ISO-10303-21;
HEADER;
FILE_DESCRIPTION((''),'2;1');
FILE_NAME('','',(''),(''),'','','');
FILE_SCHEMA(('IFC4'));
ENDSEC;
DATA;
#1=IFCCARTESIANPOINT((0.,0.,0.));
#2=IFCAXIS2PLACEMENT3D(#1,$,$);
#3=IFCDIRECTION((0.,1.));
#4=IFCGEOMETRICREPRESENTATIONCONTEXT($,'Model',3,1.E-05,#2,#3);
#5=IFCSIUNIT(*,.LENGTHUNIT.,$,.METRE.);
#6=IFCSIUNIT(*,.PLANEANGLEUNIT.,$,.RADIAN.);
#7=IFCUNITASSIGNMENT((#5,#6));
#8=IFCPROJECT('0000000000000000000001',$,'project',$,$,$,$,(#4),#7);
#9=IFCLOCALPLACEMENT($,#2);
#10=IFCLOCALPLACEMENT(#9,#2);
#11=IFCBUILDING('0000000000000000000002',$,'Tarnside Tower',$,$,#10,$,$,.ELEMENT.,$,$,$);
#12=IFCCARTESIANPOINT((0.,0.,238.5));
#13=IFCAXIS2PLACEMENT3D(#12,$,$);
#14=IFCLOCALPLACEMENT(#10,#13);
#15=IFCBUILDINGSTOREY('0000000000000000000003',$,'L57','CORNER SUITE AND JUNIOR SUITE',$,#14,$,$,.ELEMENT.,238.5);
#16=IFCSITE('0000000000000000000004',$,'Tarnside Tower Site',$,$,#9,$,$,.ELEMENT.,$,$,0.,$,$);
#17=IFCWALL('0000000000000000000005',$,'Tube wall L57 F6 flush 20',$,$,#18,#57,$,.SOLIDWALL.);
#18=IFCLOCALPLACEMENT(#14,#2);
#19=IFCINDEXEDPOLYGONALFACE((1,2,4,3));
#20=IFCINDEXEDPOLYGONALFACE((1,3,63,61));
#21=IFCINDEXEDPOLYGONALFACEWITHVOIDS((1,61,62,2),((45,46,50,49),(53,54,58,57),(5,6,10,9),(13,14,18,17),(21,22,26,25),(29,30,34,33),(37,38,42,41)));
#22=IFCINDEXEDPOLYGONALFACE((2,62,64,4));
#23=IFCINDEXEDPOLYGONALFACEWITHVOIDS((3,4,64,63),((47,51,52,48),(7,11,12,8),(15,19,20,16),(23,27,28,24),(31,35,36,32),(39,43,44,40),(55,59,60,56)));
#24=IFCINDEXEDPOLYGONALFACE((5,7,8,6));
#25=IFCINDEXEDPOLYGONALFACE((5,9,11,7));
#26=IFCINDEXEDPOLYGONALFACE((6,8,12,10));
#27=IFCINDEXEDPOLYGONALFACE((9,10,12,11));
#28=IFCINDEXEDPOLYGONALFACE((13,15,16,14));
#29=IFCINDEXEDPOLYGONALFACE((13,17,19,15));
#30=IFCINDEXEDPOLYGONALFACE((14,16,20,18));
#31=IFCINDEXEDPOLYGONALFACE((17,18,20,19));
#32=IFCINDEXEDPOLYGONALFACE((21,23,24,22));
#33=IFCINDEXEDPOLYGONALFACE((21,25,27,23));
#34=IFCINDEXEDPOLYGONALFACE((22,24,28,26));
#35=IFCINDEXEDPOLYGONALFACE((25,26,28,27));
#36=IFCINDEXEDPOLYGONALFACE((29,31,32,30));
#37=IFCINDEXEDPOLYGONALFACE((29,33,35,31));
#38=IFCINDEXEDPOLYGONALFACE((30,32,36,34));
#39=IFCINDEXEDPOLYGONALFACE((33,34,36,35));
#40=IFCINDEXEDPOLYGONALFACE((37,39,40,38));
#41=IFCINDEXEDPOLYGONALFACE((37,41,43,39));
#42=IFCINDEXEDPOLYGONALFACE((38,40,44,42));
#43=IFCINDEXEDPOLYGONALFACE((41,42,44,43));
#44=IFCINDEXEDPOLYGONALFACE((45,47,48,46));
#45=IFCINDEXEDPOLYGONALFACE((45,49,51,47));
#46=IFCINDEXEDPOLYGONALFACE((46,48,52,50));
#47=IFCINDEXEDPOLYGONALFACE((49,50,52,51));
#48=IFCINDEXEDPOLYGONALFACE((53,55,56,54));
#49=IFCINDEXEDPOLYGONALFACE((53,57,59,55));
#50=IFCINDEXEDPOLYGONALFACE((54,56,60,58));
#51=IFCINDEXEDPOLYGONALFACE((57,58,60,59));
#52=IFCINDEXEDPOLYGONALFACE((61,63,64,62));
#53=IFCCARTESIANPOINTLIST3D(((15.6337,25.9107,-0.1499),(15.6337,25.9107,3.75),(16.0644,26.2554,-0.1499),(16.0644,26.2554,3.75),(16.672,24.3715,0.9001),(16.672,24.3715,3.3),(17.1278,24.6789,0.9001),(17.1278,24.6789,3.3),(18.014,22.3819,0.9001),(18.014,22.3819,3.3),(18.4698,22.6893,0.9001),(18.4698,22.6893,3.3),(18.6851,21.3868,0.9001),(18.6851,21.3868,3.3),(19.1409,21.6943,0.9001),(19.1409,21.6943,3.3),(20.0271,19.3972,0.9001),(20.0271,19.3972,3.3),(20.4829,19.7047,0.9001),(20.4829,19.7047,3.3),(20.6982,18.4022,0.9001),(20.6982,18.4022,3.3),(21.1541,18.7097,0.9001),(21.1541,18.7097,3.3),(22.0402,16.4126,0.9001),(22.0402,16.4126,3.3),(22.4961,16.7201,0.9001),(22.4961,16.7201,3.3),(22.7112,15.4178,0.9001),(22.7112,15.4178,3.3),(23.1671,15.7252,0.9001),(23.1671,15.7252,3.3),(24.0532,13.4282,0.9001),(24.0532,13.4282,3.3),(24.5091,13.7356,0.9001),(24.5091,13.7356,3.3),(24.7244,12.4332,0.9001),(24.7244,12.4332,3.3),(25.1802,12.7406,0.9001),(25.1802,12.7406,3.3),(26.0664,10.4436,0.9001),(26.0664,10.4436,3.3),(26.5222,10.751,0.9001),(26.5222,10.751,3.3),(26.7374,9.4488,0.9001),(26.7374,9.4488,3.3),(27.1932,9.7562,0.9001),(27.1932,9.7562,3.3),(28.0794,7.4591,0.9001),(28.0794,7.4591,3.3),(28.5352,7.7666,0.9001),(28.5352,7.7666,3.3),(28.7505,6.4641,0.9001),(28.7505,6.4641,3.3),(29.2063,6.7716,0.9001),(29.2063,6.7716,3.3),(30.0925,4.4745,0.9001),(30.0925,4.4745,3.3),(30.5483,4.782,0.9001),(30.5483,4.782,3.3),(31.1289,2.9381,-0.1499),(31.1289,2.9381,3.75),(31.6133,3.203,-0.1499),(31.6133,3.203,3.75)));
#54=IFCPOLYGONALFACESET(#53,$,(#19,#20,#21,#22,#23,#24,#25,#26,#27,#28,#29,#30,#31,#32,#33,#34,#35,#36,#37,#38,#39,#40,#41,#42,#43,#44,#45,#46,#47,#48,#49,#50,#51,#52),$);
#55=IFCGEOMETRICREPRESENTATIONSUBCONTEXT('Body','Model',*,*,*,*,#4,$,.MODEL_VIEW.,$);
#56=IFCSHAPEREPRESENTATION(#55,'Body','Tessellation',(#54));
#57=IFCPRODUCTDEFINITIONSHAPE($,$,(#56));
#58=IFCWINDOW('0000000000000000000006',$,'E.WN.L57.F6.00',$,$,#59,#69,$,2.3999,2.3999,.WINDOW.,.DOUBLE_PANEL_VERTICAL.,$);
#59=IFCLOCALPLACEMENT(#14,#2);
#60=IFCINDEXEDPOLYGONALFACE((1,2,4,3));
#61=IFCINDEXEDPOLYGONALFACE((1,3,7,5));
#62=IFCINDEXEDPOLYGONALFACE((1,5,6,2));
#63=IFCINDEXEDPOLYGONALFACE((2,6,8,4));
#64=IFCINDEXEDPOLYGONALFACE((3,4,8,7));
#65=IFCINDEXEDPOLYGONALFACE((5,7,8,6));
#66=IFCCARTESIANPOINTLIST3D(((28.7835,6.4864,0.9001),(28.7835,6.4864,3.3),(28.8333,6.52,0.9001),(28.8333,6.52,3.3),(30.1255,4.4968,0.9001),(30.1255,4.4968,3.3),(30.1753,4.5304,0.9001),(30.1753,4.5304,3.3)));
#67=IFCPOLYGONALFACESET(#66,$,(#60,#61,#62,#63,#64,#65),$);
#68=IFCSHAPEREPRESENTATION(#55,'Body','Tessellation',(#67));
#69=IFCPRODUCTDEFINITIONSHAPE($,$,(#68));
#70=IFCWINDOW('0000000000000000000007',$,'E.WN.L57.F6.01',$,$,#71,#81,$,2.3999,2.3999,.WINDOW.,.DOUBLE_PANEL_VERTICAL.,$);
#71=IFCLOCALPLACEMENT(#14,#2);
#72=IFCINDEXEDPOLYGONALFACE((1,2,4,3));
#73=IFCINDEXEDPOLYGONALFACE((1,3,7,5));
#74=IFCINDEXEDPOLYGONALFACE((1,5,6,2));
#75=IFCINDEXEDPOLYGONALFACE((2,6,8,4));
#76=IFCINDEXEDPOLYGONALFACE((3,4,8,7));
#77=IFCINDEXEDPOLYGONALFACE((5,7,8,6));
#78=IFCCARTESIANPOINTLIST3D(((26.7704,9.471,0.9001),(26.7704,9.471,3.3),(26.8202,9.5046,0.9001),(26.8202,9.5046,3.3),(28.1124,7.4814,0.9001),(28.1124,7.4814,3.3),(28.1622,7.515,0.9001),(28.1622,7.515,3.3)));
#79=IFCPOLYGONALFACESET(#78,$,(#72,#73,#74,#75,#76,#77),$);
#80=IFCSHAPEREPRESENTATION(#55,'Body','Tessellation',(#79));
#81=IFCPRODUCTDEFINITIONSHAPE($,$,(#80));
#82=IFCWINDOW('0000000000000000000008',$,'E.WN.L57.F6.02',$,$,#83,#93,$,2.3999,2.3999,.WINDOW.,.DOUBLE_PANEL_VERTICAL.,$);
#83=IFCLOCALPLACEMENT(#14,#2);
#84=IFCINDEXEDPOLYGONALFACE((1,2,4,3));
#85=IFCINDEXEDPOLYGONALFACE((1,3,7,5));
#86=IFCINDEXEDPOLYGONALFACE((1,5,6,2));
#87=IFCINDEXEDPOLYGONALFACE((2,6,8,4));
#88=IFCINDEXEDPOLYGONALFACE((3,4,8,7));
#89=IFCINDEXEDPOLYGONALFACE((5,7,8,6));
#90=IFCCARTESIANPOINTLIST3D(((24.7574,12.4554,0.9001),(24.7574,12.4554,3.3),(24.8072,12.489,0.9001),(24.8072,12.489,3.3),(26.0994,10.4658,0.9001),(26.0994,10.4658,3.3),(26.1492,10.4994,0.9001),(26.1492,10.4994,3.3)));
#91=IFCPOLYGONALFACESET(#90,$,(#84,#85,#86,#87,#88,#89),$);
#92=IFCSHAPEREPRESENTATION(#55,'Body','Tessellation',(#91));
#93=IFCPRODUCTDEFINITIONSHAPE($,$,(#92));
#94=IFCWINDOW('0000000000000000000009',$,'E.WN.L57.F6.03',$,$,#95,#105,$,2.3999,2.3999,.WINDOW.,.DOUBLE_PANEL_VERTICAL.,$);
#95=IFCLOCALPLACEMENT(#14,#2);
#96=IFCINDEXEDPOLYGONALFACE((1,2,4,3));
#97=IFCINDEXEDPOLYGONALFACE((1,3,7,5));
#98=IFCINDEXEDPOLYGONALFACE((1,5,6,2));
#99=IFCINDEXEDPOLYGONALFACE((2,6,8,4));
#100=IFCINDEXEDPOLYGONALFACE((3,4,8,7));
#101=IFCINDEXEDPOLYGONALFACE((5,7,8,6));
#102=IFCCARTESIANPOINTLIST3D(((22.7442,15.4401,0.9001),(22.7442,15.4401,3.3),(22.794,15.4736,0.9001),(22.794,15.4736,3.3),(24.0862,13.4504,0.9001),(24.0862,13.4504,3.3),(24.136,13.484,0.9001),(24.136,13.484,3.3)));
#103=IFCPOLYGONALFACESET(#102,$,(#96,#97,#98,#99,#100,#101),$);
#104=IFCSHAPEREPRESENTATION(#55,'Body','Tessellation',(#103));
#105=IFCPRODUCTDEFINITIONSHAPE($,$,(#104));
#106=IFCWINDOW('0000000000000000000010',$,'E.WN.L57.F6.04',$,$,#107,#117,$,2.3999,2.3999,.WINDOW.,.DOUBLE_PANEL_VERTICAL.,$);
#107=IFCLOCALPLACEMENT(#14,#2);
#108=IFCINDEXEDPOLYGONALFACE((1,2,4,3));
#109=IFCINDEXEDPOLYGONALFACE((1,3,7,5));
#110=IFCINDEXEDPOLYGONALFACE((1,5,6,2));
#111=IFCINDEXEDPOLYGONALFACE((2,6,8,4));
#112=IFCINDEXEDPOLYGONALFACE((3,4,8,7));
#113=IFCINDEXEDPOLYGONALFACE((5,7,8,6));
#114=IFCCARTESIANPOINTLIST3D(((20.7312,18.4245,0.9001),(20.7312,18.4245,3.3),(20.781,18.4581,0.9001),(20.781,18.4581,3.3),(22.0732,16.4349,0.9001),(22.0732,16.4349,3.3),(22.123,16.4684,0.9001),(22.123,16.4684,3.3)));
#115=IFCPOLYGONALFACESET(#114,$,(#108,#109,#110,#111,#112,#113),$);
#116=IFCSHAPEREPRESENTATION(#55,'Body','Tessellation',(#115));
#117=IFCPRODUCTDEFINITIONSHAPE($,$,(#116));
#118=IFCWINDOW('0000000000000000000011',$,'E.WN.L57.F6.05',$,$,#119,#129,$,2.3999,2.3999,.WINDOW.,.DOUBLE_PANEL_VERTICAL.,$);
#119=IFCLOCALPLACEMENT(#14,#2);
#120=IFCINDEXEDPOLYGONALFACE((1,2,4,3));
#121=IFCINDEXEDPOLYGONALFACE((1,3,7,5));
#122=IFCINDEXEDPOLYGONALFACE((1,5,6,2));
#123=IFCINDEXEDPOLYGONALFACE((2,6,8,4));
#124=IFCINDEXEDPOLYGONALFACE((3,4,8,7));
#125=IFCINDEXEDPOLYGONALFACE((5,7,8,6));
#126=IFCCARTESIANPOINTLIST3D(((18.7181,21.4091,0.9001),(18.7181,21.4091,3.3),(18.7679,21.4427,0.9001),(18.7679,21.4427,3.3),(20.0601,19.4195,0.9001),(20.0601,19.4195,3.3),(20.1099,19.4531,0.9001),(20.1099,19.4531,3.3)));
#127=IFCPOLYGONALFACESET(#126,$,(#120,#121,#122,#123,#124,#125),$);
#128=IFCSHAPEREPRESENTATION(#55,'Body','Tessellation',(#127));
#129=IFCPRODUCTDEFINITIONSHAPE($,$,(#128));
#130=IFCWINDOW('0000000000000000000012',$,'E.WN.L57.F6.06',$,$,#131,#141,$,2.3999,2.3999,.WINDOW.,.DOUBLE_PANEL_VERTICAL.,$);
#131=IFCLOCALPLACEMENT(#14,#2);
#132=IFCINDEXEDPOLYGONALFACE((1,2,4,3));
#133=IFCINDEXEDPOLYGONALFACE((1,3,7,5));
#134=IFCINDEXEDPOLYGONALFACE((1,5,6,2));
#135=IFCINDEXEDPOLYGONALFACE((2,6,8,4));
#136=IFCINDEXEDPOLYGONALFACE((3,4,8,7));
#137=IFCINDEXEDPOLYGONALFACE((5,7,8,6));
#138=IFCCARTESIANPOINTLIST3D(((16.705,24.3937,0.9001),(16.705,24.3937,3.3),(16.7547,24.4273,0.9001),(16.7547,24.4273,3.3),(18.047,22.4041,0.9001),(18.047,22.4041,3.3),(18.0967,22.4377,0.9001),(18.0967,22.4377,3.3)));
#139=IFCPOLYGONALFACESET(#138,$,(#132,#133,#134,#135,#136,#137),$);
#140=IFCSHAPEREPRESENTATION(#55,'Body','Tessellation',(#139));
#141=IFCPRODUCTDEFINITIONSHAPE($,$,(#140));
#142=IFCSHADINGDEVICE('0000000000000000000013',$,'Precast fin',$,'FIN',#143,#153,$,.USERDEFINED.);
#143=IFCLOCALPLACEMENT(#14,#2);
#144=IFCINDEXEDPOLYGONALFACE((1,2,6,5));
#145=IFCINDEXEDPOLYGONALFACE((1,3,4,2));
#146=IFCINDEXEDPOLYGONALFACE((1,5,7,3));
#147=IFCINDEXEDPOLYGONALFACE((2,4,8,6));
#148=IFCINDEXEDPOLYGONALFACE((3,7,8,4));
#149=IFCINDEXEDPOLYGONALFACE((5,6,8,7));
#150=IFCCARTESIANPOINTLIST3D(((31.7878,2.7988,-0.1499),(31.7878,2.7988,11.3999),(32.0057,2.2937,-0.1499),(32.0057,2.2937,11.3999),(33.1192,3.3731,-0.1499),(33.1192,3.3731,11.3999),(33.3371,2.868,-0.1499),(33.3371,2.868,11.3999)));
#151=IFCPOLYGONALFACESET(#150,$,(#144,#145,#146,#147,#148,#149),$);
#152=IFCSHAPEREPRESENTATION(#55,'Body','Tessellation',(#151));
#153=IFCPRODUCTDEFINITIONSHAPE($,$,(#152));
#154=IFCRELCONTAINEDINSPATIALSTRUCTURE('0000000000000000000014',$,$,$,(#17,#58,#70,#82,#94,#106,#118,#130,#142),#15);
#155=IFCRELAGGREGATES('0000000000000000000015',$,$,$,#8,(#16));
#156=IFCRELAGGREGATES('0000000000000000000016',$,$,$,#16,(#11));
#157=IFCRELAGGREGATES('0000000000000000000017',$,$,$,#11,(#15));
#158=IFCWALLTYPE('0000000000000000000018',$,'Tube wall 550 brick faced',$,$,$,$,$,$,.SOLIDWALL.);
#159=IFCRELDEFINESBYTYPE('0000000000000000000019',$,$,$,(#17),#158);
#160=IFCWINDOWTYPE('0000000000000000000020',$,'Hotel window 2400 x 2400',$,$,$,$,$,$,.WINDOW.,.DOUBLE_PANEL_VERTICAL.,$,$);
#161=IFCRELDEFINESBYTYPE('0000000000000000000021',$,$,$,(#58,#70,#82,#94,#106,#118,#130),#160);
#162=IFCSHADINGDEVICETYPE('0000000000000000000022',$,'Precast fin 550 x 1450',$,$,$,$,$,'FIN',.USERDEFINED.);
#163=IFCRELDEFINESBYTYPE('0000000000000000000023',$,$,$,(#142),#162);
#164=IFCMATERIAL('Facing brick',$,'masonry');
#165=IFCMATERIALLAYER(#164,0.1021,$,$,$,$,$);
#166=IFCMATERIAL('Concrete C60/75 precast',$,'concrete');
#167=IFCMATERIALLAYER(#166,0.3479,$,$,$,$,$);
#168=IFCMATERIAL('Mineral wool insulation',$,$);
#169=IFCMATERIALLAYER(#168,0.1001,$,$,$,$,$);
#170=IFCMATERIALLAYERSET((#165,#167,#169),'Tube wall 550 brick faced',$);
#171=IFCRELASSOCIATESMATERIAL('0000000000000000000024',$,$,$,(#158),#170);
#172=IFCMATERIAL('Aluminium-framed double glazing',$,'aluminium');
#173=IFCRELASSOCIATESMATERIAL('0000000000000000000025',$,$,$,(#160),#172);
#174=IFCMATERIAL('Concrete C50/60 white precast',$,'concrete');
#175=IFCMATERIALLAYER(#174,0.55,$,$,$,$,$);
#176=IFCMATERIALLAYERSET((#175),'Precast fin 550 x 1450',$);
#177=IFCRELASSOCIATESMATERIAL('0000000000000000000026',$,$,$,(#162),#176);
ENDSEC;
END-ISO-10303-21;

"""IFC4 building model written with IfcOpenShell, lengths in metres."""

from ifc_helpers import new_model, si_unit, direction, frame, frame_2d, origin, place, context, subcontext, project, spatial, polyline, rectangle, outline, extrude, material, layer, layer_set, type_object, element, fill, save


model = new_model("IFC4")

# Units and contexts
model_context = context("Model", 3, precision=1e-05, world=origin(), true_north=direction((0.0, 1.0)))
body_context = subcontext(model_context, "Body", "Model", "MODEL_VIEW")
ifc_project = project(units=[si_unit("LENGTHUNIT", "METRE"), si_unit("PLANEANGLEUNIT", "RADIAN")], contexts=[model_context])

# Site, building, storey
site_placement = place(None, origin())
site = spatial("IfcSite", under=ifc_project, at=site_placement, Name="Tarnside Tower Site", CompositionType="ELEMENT", RefElevation=0.0)
building_placement = place(site_placement, origin())
building = spatial("IfcBuilding", under=site, at=building_placement, Name="Tarnside Tower", CompositionType="ELEMENT")
storey_placement = place(building_placement, frame((0.0, 0.0, 238.5)))
storey = spatial("IfcBuildingStorey", under=building, at=storey_placement, Name="L57", Description="CORNER SUITE AND JUNIOR SUITE", CompositionType="ELEMENT", Elevation=238.5)

# Shared definitions
ifc_material_1 = material(Name="Facing brick", Category="masonry")
ifc_layer_1 = layer(ifc_material_1, 0.1021)
ifc_material_2 = material(Name="Concrete C60/75 precast", Category="concrete")
ifc_layer_2 = layer(ifc_material_2, 0.3479)
ifc_material_3 = material(Name="Mineral wool insulation")
ifc_layer_3 = layer(ifc_material_3, 0.1001)
ifc_layer_set_1 = layer_set([ifc_layer_1, ifc_layer_2, ifc_layer_3], Name="Tube wall 550 brick faced")
wall_type_1 = type_object("IfcWallType", Name="Tube wall 550 brick faced", PredefinedType="SOLIDWALL", material=ifc_layer_set_1)

# Wall, openings, windows
wall_1_placement = place(storey_placement, frame((31.3711, 3.0706, -0.1499), z_axis=(0.0, 0.0, 1.0), x_axis=(-0.55919, 0.82904, 0.0)))
wall_1 = element("IfcWall", 1, at=wall_1_placement, inside=storey, type_object=wall_type_1, Name="Tube wall L57 F6 flush 20", PredefinedType="SOLIDWALL", context=body_context, shape_type="SweptSolid", body=[
    extrude(outline(polyline([(-0.0256, -0.2749), (27.7805, -0.2749), (27.7356, 0.2749), (0.0256, 0.2749), (-0.0256, -0.2749)])), origin(), (0.0, 0.0, 1.0), 3.8999),
])
opening_1_placement = place(wall_1_placement, frame((1.8789, 0.0, 1.05)))
opening_1 = element("IfcOpeningElement", 2, at=opening_1_placement, cuts=wall_1, PredefinedType="OPENING", context=body_context, shape_type="SweptSolid", body=[
    extrude(rectangle(XDim=2.3999, YDim=2.3999, at=frame_2d((1.2, 1.2))), frame((0.0, 0.2852, 0.0), z_axis=(0.0, -1.0, 0.0), x_axis=(1.0, 0.0, 0.0)), (0.0, 0.0, 1.0), 0.5701),
])
opening_2_placement = place(wall_1_placement, frame((5.479, 0.0, 1.05)))
opening_2 = element("IfcOpeningElement", 3, at=opening_2_placement, cuts=wall_1, PredefinedType="OPENING", context=body_context, shape_type="SweptSolid", body=[
    extrude(rectangle(XDim=2.3999, YDim=2.3999, at=frame_2d((1.2, 1.2))), frame((0.0, 0.2852, 0.0), z_axis=(0.0, -1.0, 0.0), x_axis=(1.0, 0.0, 0.0)), (0.0, 0.0, 1.0), 0.5701),
])
opening_3_placement = place(wall_1_placement, frame((9.0789, 0.0, 1.05)))
opening_3 = element("IfcOpeningElement", 4, at=opening_3_placement, cuts=wall_1, PredefinedType="OPENING", context=body_context, shape_type="SweptSolid", body=[
    extrude(rectangle(XDim=2.3999, YDim=2.3999, at=frame_2d((1.2, 1.2))), frame((0.0, 0.2852, 0.0), z_axis=(0.0, -1.0, 0.0), x_axis=(1.0, 0.0, 0.0)), (0.0, 0.0, 1.0), 0.5701),
])
opening_4_placement = place(wall_1_placement, frame((12.679, 0.0, 1.05)))
opening_4 = element("IfcOpeningElement", 5, at=opening_4_placement, cuts=wall_1, PredefinedType="OPENING", context=body_context, shape_type="SweptSolid", body=[
    extrude(rectangle(XDim=2.3999, YDim=2.3999, at=frame_2d((1.2, 1.2))), frame((0.0, 0.2852, 0.0), z_axis=(0.0, -1.0, 0.0), x_axis=(1.0, 0.0, 0.0)), (0.0, 0.0, 1.0), 0.5701),
])
opening_5_placement = place(wall_1_placement, frame((16.2788, 0.0, 1.05)))
opening_5 = element("IfcOpeningElement", 6, at=opening_5_placement, cuts=wall_1, PredefinedType="OPENING", context=body_context, shape_type="SweptSolid", body=[
    extrude(rectangle(XDim=2.3999, YDim=2.3999, at=frame_2d((1.2, 1.2))), frame((0.0, 0.2852, 0.0), z_axis=(0.0, -1.0, 0.0), x_axis=(1.0, 0.0, 0.0)), (0.0, 0.0, 1.0), 0.5701),
])
opening_6_placement = place(wall_1_placement, frame((19.8789, 0.0, 1.05)))
opening_6 = element("IfcOpeningElement", 7, at=opening_6_placement, cuts=wall_1, PredefinedType="OPENING", context=body_context, shape_type="SweptSolid", body=[
    extrude(rectangle(XDim=2.3999, YDim=2.3999, at=frame_2d((1.2, 1.2))), frame((0.0, 0.2852, 0.0), z_axis=(0.0, -1.0, 0.0), x_axis=(1.0, 0.0, 0.0)), (0.0, 0.0, 1.0), 0.5701),
])
opening_7_placement = place(wall_1_placement, frame((23.479, 0.0, 1.05)))
opening_7 = element("IfcOpeningElement", 8, at=opening_7_placement, cuts=wall_1, PredefinedType="OPENING", context=body_context, shape_type="SweptSolid", body=[
    extrude(rectangle(XDim=2.3999, YDim=2.3999, at=frame_2d((1.2, 1.2))), frame((0.0, 0.2852, 0.0), z_axis=(0.0, -1.0, 0.0), x_axis=(1.0, 0.0, 0.0)), (0.0, 0.0, 1.0), 0.5701),
])
ifc_material_4 = material(Name="Aluminium-framed double glazing", Category="aluminium")
window_type = type_object("IfcWindowType", Name="Hotel window 2400 x 2400", PartitioningType="DOUBLE_PANEL_VERTICAL", PredefinedType="WINDOW", material=ifc_material_4)
window_1_placement = place(opening_1_placement, frame((0.0, 0.2051, 0.0)))
window_1 = element("IfcWindow", 9, at=window_1_placement, inside=storey, type_object=window_type, Name="E.WN.L57.F6.00", OverallHeight=2.3999, OverallWidth=2.3999, PartitioningType="DOUBLE_PANEL_VERTICAL", PredefinedType="WINDOW", context=body_context, shape_type="SweptSolid", body=[
    extrude(rectangle(XDim=2.3999, YDim=2.3999, at=frame_2d((1.2, 1.2))), frame((0.0, 0.03, 0.0), z_axis=(0.0, -1.0, 0.0), x_axis=(1.0, 0.0, 0.0)), (0.0, 0.0, 1.0), 0.0601),
])
fill(opening_1, window_1)
window_2_placement = place(opening_2_placement, frame((0.0, 0.2051, 0.0)))
window_2 = element("IfcWindow", 10, at=window_2_placement, inside=storey, type_object=window_type, Name="E.WN.L57.F6.01", OverallHeight=2.3999, OverallWidth=2.3999, PartitioningType="DOUBLE_PANEL_VERTICAL", PredefinedType="WINDOW", context=body_context, shape_type="SweptSolid", body=[
    extrude(rectangle(XDim=2.3999, YDim=2.3999, at=frame_2d((1.2, 1.2))), frame((0.0, 0.03, 0.0), z_axis=(0.0, -1.0, 0.0), x_axis=(1.0, 0.0, 0.0)), (0.0, 0.0, 1.0), 0.0601),
])
fill(opening_2, window_2)
window_3_placement = place(opening_3_placement, frame((0.0, 0.2051, 0.0)))
window_3 = element("IfcWindow", 11, at=window_3_placement, inside=storey, type_object=window_type, Name="E.WN.L57.F6.02", OverallHeight=2.3999, OverallWidth=2.3999, PartitioningType="DOUBLE_PANEL_VERTICAL", PredefinedType="WINDOW", context=body_context, shape_type="SweptSolid", body=[
    extrude(rectangle(XDim=2.3999, YDim=2.3999, at=frame_2d((1.2, 1.2))), frame((0.0, 0.03, 0.0), z_axis=(0.0, -1.0, 0.0), x_axis=(1.0, 0.0, 0.0)), (0.0, 0.0, 1.0), 0.0601),
])
fill(opening_3, window_3)
window_4_placement = place(opening_4_placement, frame((0.0, 0.2051, 0.0)))
window_4 = element("IfcWindow", 12, at=window_4_placement, inside=storey, type_object=window_type, Name="E.WN.L57.F6.03", OverallHeight=2.3999, OverallWidth=2.3999, PartitioningType="DOUBLE_PANEL_VERTICAL", PredefinedType="WINDOW", context=body_context, shape_type="SweptSolid", body=[
    extrude(rectangle(XDim=2.3999, YDim=2.3999, at=frame_2d((1.2, 1.2))), frame((0.0, 0.03, 0.0), z_axis=(0.0, -1.0, 0.0), x_axis=(1.0, 0.0, 0.0)), (0.0, 0.0, 1.0), 0.0601),
])
fill(opening_4, window_4)
window_5_placement = place(opening_5_placement, frame((0.0, 0.2051, 0.0)))
window_5 = element("IfcWindow", 13, at=window_5_placement, inside=storey, type_object=window_type, Name="E.WN.L57.F6.04", OverallHeight=2.3999, OverallWidth=2.3999, PartitioningType="DOUBLE_PANEL_VERTICAL", PredefinedType="WINDOW", context=body_context, shape_type="SweptSolid", body=[
    extrude(rectangle(XDim=2.3999, YDim=2.3999, at=frame_2d((1.2, 1.2))), frame((0.0, 0.03, 0.0), z_axis=(0.0, -1.0, 0.0), x_axis=(1.0, 0.0, 0.0)), (0.0, 0.0, 1.0), 0.0601),
])
fill(opening_5, window_5)
window_6_placement = place(opening_6_placement, frame((0.0, 0.2051, 0.0)))
window_6 = element("IfcWindow", 14, at=window_6_placement, inside=storey, type_object=window_type, Name="E.WN.L57.F6.05", OverallHeight=2.3999, OverallWidth=2.3999, PartitioningType="DOUBLE_PANEL_VERTICAL", PredefinedType="WINDOW", context=body_context, shape_type="SweptSolid", body=[
    extrude(rectangle(XDim=2.3999, YDim=2.3999, at=frame_2d((1.2, 1.2))), frame((0.0, 0.03, 0.0), z_axis=(0.0, -1.0, 0.0), x_axis=(1.0, 0.0, 0.0)), (0.0, 0.0, 1.0), 0.0601),
])
fill(opening_6, window_6)
window_7_placement = place(opening_7_placement, frame((0.0, 0.2051, 0.0)))
window_7 = element("IfcWindow", 15, at=window_7_placement, inside=storey, type_object=window_type, Name="E.WN.L57.F6.06", OverallHeight=2.3999, OverallWidth=2.3999, PartitioningType="DOUBLE_PANEL_VERTICAL", PredefinedType="WINDOW", context=body_context, shape_type="SweptSolid", body=[
    extrude(rectangle(XDim=2.3999, YDim=2.3999, at=frame_2d((1.2, 1.2))), frame((0.0, 0.03, 0.0), z_axis=(0.0, -1.0, 0.0), x_axis=(1.0, 0.0, 0.0)), (0.0, 0.0, 1.0), 0.0601),
])
fill(opening_7, window_7)

# Shading device
ifc_material_5 = material(Name="Concrete C50/60 white precast", Category="concrete")
ifc_layer_4 = layer(ifc_material_5, 0.55)
ifc_layer_set_2 = layer_set([ifc_layer_4], Name="Precast fin 550 x 1450")
shading_device_type_1 = type_object("IfcShadingDeviceType", Name="Precast fin 550 x 1450", ElementType="FIN", PredefinedType="USERDEFINED", material=ifc_layer_set_2)
shading_device_placement = place(storey_placement, frame((31.8967, 2.5464, -0.1499), z_axis=(0.39608, -0.918216, 0.0), x_axis=(0.918216, 0.39608, 0.0)))
element("IfcShadingDevice", 16, at=shading_device_placement, inside=storey, type_object=shading_device_type_1, Name="Precast fin", ObjectType="FIN", PredefinedType="USERDEFINED", context=body_context, shape_type="SweptSolid", body=[
    extrude(outline(polyline([(0.0, 0.0), (1.45, 0.0), (1.45, 11.5498), (0.0, 11.5498), (0.0, 0.0)])), frame((0.0, 0.0, -0.2749)), (0.0, 0.0, 1.0), 0.55),
])

save(model, "model.ifc")
